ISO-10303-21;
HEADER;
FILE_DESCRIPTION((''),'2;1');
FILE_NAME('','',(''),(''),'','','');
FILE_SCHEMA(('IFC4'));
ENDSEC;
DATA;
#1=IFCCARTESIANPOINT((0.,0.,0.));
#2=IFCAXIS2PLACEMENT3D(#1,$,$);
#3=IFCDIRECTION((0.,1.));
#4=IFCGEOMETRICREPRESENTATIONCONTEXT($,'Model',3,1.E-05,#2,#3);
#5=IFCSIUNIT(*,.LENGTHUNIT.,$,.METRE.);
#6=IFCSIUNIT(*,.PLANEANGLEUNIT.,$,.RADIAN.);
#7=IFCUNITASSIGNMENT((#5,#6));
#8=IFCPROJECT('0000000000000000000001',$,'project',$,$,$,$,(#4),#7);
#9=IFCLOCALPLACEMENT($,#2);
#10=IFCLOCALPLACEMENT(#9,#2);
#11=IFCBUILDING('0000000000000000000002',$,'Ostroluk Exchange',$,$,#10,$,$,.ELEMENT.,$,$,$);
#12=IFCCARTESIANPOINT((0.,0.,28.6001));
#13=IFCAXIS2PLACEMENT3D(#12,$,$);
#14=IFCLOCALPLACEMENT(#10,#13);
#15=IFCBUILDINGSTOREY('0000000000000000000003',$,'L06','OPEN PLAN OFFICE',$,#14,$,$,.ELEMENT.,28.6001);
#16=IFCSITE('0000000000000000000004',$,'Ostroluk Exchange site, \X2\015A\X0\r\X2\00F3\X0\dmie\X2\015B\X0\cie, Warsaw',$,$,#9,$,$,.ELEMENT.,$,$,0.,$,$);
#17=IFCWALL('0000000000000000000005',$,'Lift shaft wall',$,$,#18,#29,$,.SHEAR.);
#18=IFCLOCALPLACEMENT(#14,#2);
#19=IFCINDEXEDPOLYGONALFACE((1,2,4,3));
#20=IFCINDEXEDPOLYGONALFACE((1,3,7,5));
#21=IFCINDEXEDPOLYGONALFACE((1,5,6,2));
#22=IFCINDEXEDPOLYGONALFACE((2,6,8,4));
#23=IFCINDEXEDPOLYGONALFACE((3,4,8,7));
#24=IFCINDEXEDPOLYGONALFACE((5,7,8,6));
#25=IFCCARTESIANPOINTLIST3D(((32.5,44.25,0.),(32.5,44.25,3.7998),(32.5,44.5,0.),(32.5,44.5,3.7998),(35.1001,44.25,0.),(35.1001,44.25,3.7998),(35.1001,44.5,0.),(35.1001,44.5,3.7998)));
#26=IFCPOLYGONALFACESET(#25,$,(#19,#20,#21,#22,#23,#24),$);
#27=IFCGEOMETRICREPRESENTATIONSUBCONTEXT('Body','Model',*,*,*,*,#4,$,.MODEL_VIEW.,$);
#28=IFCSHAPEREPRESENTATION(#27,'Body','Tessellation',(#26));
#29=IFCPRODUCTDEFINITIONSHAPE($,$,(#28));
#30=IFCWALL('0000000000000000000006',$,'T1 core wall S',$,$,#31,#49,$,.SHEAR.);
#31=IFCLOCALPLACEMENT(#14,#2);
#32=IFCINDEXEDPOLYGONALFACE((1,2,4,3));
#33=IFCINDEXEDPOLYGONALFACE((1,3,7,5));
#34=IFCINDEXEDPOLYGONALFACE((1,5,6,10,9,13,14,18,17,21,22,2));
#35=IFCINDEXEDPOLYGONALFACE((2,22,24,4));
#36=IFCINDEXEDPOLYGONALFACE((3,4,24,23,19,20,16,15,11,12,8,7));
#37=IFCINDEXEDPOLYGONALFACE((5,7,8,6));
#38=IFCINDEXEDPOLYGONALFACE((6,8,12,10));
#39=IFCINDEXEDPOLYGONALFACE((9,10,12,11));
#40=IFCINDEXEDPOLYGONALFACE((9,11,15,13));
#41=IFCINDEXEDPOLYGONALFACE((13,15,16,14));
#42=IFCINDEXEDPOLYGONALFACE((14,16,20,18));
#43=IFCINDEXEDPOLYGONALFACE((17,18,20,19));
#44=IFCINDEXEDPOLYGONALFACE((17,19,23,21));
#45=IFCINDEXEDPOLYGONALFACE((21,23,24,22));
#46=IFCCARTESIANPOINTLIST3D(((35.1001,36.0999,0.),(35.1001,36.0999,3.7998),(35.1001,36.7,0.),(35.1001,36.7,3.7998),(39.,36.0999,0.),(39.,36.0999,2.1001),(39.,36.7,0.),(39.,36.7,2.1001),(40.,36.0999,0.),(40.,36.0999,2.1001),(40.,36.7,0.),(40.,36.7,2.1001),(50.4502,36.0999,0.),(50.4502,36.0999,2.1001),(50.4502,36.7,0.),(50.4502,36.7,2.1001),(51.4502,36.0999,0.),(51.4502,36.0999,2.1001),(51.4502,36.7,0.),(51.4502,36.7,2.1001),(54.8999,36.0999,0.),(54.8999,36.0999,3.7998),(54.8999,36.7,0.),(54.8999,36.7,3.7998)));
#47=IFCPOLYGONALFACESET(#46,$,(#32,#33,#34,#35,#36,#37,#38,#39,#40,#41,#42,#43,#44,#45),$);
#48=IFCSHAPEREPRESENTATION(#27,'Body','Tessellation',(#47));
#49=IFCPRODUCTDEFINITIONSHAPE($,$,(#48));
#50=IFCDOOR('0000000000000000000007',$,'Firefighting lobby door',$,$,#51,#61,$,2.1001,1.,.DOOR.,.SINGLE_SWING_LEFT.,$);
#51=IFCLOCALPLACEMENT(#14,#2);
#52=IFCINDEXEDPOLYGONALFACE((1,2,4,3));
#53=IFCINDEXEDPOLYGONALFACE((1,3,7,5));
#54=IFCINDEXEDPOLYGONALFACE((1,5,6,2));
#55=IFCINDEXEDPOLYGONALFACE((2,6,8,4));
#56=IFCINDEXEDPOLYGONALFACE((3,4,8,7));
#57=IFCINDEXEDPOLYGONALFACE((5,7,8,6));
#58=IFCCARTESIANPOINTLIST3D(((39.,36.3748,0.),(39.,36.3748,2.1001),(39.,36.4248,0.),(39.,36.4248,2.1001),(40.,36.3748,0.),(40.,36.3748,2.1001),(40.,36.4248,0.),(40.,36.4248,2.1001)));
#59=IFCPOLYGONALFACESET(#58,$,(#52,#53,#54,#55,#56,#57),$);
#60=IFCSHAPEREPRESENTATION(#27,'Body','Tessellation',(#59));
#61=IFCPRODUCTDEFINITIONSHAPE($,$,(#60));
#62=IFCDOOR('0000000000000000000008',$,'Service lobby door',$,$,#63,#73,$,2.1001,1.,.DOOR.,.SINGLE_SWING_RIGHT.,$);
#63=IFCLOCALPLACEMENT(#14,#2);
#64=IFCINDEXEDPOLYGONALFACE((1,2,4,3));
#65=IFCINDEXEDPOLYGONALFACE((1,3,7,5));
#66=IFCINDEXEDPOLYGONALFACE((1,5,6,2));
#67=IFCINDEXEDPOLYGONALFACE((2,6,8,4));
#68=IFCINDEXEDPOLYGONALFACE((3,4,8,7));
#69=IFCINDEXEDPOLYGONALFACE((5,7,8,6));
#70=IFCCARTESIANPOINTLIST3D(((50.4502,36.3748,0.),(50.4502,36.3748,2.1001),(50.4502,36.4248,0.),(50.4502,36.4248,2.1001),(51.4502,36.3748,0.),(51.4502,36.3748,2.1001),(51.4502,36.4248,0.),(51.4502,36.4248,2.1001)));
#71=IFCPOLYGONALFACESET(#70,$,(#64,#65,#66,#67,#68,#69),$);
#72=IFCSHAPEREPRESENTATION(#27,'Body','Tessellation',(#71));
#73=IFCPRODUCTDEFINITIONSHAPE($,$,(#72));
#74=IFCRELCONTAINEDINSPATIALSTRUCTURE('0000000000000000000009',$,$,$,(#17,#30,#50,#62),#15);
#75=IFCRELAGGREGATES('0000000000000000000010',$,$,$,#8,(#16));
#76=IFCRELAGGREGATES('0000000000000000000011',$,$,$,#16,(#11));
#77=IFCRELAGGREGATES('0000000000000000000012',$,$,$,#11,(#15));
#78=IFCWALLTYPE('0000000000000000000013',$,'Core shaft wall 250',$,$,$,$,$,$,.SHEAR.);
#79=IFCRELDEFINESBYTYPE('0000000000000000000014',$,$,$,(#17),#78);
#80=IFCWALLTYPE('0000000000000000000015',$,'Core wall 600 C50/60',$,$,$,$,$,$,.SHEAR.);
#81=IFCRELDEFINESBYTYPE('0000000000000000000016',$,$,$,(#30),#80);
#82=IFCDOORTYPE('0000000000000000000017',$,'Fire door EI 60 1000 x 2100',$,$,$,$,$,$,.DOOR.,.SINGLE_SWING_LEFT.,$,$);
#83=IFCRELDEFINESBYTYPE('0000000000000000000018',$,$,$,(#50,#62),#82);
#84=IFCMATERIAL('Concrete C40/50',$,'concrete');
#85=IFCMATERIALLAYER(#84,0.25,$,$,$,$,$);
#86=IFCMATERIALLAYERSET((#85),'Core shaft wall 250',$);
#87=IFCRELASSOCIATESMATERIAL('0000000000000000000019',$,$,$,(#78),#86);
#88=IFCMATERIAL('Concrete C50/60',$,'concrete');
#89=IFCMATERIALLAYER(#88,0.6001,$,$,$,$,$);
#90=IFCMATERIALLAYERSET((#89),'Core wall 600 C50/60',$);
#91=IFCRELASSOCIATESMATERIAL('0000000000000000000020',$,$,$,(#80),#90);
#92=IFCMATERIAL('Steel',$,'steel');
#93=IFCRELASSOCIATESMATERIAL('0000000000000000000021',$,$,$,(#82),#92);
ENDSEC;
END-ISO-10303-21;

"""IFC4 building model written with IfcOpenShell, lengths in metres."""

from ifc_helpers import new_model, si_unit, direction, frame, frame_2d, origin, place, context, subcontext, project, spatial, rectangle, extrude, material, layer, layer_set, type_object, element, fill, save


model = new_model("IFC4")

# Units and contexts
model_context = context("Model", 3, precision=1e-05, world=origin(), true_north=direction((0.0, 1.0)))
body_context = subcontext(model_context, "Body", "Model", "MODEL_VIEW")
ifc_project = project(units=[si_unit("LENGTHUNIT", "METRE"), si_unit("PLANEANGLEUNIT", "RADIAN")], contexts=[model_context])

# Site, building, storey
site_placement = place(None, origin())
site = spatial("IfcSite", under=ifc_project, at=site_placement, Name="Ostroluk Exchange site, Śródmieście, Warsaw", CompositionType="ELEMENT", RefElevation=0.0)
building_placement = place(site_placement, origin())
building = spatial("IfcBuilding", under=site, at=building_placement, Name="Ostroluk Exchange", CompositionType="ELEMENT")
storey_placement = place(building_placement, frame((0.0, 0.0, 28.6001)))
storey = spatial("IfcBuildingStorey", under=building, at=storey_placement, Name="L06", Description="OPEN PLAN OFFICE", CompositionType="ELEMENT", Elevation=28.6001)

# Shared definitions
ifc_material_1 = material(Name="Concrete C40/50", Category="concrete")
ifc_layer_1 = layer(ifc_material_1, 0.25)
ifc_layer_set_1 = layer_set([ifc_layer_1], Name="Core shaft wall 250")
wall_type_1 = type_object("IfcWallType", Name="Core shaft wall 250", PredefinedType="SHEAR", material=ifc_layer_set_1)

# Wall
for number, where, z_axis, x_axis, name in (
    (1, (32.5, 44.375, 0.0), (0.0, 0.0, 1.0), (1.0, 0.0, 0.0), "Lift shaft wall"),
):
    element("IfcWall", number, at=place(storey_placement, frame(where, z_axis=z_axis, x_axis=x_axis)), inside=storey, type_object=wall_type_1, Name=name, PredefinedType="SHEAR", context=body_context, shape_type="SweptSolid", body=[
        extrude(rectangle(XDim=2.6001, YDim=0.25, at=frame_2d((1.3, 0.0))), origin(), (0.0, 0.0, 1.0), 3.7998),
    ])

# Wall, openings, doors
ifc_material_2 = material(Name="Concrete C50/60", Category="concrete")
ifc_layer_2 = layer(ifc_material_2, 0.6001)
ifc_layer_set_2 = layer_set([ifc_layer_2], Name="Core wall 600 C50/60")
wall_type_2 = type_object("IfcWallType", Name="Core wall 600 C50/60", PredefinedType="SHEAR", material=ifc_layer_set_2)
wall_1_placement = place(storey_placement, frame((35.1001, 36.3999, 0.0), z_axis=(0.0, 0.0, 1.0), x_axis=(1.0, 0.0, 0.0)))
wall_1 = element("IfcWall", 2, at=wall_1_placement, inside=storey, type_object=wall_type_2, Name="T1 core wall S", PredefinedType="SHEAR", context=body_context, shape_type="SweptSolid", body=[
    extrude(rectangle(XDim=19.7998, YDim=0.6001, at=frame_2d((9.8999, 0.0))), origin(), (0.0, 0.0, 1.0), 3.7998),
])
opening_1_placement = place(wall_1_placement, frame((3.8999, 0.0, 0.0)))
opening_1 = element("IfcOpeningElement", 3, at=opening_1_placement, cuts=wall_1, PredefinedType="OPENING", context=body_context, shape_type="SweptSolid", body=[
    extrude(rectangle(XDim=1.0, YDim=2.1001, at=frame_2d((0.5, 1.05))), frame((0.0, 0.3101, 0.0), z_axis=(0.0, -1.0, 0.0), x_axis=(1.0, 0.0, 0.0)), (0.0, 0.0, 1.0), 0.6201),
])
opening_2_placement = place(wall_1_placement, frame((15.3501, 0.0, 0.0)))
opening_2 = element("IfcOpeningElement", 4, at=opening_2_placement, cuts=wall_1, PredefinedType="OPENING", context=body_context, shape_type="SweptSolid", body=[
    extrude(rectangle(XDim=1.0, YDim=2.1001, at=frame_2d((0.5, 1.05))), frame((0.0, 0.3101, 0.0), z_axis=(0.0, -1.0, 0.0), x_axis=(1.0, 0.0, 0.0)), (0.0, 0.0, 1.0), 0.6201),
])
ifc_material_3 = material(Name="Steel", Category="steel")
door_type_1 = type_object("IfcDoorType", Name="Fire door EI 60 1000 x 2100", OperationType="SINGLE_SWING_LEFT", PredefinedType="DOOR", material=ifc_material_3)
door_1_placement = place(opening_1_placement, origin())
door_1 = element("IfcDoor", 5, at=door_1_placement, inside=storey, type_object=door_type_1, Name="Firefighting lobby door", OperationType="SINGLE_SWING_LEFT", OverallHeight=2.1001, OverallWidth=1.0, PredefinedType="DOOR", context=body_context, shape_type="SweptSolid", body=[
    extrude(rectangle(XDim=1.0, YDim=2.1001, at=frame_2d((0.5, 1.05))), frame((0.0, 0.0249, 0.0), z_axis=(0.0, -1.0, 0.0), x_axis=(1.0, 0.0, 0.0)), (0.0, 0.0, 1.0), 0.05),
])
fill(opening_1, door_1)
door_2_placement = place(opening_2_placement, origin())
door_2 = element("IfcDoor", 6, at=door_2_placement, inside=storey, type_object=door_type_1, Name="Service lobby door", OperationType="SINGLE_SWING_RIGHT", OverallHeight=2.1001, OverallWidth=1.0, PredefinedType="DOOR", context=body_context, shape_type="SweptSolid", body=[
    extrude(rectangle(XDim=1.0, YDim=2.1001, at=frame_2d((0.5, 1.05))), frame((0.0, 0.0249, 0.0), z_axis=(0.0, -1.0, 0.0), x_axis=(1.0, 0.0, 0.0)), (0.0, 0.0, 1.0), 0.05),
])
fill(opening_2, door_2)

save(model, "model.ifc")
